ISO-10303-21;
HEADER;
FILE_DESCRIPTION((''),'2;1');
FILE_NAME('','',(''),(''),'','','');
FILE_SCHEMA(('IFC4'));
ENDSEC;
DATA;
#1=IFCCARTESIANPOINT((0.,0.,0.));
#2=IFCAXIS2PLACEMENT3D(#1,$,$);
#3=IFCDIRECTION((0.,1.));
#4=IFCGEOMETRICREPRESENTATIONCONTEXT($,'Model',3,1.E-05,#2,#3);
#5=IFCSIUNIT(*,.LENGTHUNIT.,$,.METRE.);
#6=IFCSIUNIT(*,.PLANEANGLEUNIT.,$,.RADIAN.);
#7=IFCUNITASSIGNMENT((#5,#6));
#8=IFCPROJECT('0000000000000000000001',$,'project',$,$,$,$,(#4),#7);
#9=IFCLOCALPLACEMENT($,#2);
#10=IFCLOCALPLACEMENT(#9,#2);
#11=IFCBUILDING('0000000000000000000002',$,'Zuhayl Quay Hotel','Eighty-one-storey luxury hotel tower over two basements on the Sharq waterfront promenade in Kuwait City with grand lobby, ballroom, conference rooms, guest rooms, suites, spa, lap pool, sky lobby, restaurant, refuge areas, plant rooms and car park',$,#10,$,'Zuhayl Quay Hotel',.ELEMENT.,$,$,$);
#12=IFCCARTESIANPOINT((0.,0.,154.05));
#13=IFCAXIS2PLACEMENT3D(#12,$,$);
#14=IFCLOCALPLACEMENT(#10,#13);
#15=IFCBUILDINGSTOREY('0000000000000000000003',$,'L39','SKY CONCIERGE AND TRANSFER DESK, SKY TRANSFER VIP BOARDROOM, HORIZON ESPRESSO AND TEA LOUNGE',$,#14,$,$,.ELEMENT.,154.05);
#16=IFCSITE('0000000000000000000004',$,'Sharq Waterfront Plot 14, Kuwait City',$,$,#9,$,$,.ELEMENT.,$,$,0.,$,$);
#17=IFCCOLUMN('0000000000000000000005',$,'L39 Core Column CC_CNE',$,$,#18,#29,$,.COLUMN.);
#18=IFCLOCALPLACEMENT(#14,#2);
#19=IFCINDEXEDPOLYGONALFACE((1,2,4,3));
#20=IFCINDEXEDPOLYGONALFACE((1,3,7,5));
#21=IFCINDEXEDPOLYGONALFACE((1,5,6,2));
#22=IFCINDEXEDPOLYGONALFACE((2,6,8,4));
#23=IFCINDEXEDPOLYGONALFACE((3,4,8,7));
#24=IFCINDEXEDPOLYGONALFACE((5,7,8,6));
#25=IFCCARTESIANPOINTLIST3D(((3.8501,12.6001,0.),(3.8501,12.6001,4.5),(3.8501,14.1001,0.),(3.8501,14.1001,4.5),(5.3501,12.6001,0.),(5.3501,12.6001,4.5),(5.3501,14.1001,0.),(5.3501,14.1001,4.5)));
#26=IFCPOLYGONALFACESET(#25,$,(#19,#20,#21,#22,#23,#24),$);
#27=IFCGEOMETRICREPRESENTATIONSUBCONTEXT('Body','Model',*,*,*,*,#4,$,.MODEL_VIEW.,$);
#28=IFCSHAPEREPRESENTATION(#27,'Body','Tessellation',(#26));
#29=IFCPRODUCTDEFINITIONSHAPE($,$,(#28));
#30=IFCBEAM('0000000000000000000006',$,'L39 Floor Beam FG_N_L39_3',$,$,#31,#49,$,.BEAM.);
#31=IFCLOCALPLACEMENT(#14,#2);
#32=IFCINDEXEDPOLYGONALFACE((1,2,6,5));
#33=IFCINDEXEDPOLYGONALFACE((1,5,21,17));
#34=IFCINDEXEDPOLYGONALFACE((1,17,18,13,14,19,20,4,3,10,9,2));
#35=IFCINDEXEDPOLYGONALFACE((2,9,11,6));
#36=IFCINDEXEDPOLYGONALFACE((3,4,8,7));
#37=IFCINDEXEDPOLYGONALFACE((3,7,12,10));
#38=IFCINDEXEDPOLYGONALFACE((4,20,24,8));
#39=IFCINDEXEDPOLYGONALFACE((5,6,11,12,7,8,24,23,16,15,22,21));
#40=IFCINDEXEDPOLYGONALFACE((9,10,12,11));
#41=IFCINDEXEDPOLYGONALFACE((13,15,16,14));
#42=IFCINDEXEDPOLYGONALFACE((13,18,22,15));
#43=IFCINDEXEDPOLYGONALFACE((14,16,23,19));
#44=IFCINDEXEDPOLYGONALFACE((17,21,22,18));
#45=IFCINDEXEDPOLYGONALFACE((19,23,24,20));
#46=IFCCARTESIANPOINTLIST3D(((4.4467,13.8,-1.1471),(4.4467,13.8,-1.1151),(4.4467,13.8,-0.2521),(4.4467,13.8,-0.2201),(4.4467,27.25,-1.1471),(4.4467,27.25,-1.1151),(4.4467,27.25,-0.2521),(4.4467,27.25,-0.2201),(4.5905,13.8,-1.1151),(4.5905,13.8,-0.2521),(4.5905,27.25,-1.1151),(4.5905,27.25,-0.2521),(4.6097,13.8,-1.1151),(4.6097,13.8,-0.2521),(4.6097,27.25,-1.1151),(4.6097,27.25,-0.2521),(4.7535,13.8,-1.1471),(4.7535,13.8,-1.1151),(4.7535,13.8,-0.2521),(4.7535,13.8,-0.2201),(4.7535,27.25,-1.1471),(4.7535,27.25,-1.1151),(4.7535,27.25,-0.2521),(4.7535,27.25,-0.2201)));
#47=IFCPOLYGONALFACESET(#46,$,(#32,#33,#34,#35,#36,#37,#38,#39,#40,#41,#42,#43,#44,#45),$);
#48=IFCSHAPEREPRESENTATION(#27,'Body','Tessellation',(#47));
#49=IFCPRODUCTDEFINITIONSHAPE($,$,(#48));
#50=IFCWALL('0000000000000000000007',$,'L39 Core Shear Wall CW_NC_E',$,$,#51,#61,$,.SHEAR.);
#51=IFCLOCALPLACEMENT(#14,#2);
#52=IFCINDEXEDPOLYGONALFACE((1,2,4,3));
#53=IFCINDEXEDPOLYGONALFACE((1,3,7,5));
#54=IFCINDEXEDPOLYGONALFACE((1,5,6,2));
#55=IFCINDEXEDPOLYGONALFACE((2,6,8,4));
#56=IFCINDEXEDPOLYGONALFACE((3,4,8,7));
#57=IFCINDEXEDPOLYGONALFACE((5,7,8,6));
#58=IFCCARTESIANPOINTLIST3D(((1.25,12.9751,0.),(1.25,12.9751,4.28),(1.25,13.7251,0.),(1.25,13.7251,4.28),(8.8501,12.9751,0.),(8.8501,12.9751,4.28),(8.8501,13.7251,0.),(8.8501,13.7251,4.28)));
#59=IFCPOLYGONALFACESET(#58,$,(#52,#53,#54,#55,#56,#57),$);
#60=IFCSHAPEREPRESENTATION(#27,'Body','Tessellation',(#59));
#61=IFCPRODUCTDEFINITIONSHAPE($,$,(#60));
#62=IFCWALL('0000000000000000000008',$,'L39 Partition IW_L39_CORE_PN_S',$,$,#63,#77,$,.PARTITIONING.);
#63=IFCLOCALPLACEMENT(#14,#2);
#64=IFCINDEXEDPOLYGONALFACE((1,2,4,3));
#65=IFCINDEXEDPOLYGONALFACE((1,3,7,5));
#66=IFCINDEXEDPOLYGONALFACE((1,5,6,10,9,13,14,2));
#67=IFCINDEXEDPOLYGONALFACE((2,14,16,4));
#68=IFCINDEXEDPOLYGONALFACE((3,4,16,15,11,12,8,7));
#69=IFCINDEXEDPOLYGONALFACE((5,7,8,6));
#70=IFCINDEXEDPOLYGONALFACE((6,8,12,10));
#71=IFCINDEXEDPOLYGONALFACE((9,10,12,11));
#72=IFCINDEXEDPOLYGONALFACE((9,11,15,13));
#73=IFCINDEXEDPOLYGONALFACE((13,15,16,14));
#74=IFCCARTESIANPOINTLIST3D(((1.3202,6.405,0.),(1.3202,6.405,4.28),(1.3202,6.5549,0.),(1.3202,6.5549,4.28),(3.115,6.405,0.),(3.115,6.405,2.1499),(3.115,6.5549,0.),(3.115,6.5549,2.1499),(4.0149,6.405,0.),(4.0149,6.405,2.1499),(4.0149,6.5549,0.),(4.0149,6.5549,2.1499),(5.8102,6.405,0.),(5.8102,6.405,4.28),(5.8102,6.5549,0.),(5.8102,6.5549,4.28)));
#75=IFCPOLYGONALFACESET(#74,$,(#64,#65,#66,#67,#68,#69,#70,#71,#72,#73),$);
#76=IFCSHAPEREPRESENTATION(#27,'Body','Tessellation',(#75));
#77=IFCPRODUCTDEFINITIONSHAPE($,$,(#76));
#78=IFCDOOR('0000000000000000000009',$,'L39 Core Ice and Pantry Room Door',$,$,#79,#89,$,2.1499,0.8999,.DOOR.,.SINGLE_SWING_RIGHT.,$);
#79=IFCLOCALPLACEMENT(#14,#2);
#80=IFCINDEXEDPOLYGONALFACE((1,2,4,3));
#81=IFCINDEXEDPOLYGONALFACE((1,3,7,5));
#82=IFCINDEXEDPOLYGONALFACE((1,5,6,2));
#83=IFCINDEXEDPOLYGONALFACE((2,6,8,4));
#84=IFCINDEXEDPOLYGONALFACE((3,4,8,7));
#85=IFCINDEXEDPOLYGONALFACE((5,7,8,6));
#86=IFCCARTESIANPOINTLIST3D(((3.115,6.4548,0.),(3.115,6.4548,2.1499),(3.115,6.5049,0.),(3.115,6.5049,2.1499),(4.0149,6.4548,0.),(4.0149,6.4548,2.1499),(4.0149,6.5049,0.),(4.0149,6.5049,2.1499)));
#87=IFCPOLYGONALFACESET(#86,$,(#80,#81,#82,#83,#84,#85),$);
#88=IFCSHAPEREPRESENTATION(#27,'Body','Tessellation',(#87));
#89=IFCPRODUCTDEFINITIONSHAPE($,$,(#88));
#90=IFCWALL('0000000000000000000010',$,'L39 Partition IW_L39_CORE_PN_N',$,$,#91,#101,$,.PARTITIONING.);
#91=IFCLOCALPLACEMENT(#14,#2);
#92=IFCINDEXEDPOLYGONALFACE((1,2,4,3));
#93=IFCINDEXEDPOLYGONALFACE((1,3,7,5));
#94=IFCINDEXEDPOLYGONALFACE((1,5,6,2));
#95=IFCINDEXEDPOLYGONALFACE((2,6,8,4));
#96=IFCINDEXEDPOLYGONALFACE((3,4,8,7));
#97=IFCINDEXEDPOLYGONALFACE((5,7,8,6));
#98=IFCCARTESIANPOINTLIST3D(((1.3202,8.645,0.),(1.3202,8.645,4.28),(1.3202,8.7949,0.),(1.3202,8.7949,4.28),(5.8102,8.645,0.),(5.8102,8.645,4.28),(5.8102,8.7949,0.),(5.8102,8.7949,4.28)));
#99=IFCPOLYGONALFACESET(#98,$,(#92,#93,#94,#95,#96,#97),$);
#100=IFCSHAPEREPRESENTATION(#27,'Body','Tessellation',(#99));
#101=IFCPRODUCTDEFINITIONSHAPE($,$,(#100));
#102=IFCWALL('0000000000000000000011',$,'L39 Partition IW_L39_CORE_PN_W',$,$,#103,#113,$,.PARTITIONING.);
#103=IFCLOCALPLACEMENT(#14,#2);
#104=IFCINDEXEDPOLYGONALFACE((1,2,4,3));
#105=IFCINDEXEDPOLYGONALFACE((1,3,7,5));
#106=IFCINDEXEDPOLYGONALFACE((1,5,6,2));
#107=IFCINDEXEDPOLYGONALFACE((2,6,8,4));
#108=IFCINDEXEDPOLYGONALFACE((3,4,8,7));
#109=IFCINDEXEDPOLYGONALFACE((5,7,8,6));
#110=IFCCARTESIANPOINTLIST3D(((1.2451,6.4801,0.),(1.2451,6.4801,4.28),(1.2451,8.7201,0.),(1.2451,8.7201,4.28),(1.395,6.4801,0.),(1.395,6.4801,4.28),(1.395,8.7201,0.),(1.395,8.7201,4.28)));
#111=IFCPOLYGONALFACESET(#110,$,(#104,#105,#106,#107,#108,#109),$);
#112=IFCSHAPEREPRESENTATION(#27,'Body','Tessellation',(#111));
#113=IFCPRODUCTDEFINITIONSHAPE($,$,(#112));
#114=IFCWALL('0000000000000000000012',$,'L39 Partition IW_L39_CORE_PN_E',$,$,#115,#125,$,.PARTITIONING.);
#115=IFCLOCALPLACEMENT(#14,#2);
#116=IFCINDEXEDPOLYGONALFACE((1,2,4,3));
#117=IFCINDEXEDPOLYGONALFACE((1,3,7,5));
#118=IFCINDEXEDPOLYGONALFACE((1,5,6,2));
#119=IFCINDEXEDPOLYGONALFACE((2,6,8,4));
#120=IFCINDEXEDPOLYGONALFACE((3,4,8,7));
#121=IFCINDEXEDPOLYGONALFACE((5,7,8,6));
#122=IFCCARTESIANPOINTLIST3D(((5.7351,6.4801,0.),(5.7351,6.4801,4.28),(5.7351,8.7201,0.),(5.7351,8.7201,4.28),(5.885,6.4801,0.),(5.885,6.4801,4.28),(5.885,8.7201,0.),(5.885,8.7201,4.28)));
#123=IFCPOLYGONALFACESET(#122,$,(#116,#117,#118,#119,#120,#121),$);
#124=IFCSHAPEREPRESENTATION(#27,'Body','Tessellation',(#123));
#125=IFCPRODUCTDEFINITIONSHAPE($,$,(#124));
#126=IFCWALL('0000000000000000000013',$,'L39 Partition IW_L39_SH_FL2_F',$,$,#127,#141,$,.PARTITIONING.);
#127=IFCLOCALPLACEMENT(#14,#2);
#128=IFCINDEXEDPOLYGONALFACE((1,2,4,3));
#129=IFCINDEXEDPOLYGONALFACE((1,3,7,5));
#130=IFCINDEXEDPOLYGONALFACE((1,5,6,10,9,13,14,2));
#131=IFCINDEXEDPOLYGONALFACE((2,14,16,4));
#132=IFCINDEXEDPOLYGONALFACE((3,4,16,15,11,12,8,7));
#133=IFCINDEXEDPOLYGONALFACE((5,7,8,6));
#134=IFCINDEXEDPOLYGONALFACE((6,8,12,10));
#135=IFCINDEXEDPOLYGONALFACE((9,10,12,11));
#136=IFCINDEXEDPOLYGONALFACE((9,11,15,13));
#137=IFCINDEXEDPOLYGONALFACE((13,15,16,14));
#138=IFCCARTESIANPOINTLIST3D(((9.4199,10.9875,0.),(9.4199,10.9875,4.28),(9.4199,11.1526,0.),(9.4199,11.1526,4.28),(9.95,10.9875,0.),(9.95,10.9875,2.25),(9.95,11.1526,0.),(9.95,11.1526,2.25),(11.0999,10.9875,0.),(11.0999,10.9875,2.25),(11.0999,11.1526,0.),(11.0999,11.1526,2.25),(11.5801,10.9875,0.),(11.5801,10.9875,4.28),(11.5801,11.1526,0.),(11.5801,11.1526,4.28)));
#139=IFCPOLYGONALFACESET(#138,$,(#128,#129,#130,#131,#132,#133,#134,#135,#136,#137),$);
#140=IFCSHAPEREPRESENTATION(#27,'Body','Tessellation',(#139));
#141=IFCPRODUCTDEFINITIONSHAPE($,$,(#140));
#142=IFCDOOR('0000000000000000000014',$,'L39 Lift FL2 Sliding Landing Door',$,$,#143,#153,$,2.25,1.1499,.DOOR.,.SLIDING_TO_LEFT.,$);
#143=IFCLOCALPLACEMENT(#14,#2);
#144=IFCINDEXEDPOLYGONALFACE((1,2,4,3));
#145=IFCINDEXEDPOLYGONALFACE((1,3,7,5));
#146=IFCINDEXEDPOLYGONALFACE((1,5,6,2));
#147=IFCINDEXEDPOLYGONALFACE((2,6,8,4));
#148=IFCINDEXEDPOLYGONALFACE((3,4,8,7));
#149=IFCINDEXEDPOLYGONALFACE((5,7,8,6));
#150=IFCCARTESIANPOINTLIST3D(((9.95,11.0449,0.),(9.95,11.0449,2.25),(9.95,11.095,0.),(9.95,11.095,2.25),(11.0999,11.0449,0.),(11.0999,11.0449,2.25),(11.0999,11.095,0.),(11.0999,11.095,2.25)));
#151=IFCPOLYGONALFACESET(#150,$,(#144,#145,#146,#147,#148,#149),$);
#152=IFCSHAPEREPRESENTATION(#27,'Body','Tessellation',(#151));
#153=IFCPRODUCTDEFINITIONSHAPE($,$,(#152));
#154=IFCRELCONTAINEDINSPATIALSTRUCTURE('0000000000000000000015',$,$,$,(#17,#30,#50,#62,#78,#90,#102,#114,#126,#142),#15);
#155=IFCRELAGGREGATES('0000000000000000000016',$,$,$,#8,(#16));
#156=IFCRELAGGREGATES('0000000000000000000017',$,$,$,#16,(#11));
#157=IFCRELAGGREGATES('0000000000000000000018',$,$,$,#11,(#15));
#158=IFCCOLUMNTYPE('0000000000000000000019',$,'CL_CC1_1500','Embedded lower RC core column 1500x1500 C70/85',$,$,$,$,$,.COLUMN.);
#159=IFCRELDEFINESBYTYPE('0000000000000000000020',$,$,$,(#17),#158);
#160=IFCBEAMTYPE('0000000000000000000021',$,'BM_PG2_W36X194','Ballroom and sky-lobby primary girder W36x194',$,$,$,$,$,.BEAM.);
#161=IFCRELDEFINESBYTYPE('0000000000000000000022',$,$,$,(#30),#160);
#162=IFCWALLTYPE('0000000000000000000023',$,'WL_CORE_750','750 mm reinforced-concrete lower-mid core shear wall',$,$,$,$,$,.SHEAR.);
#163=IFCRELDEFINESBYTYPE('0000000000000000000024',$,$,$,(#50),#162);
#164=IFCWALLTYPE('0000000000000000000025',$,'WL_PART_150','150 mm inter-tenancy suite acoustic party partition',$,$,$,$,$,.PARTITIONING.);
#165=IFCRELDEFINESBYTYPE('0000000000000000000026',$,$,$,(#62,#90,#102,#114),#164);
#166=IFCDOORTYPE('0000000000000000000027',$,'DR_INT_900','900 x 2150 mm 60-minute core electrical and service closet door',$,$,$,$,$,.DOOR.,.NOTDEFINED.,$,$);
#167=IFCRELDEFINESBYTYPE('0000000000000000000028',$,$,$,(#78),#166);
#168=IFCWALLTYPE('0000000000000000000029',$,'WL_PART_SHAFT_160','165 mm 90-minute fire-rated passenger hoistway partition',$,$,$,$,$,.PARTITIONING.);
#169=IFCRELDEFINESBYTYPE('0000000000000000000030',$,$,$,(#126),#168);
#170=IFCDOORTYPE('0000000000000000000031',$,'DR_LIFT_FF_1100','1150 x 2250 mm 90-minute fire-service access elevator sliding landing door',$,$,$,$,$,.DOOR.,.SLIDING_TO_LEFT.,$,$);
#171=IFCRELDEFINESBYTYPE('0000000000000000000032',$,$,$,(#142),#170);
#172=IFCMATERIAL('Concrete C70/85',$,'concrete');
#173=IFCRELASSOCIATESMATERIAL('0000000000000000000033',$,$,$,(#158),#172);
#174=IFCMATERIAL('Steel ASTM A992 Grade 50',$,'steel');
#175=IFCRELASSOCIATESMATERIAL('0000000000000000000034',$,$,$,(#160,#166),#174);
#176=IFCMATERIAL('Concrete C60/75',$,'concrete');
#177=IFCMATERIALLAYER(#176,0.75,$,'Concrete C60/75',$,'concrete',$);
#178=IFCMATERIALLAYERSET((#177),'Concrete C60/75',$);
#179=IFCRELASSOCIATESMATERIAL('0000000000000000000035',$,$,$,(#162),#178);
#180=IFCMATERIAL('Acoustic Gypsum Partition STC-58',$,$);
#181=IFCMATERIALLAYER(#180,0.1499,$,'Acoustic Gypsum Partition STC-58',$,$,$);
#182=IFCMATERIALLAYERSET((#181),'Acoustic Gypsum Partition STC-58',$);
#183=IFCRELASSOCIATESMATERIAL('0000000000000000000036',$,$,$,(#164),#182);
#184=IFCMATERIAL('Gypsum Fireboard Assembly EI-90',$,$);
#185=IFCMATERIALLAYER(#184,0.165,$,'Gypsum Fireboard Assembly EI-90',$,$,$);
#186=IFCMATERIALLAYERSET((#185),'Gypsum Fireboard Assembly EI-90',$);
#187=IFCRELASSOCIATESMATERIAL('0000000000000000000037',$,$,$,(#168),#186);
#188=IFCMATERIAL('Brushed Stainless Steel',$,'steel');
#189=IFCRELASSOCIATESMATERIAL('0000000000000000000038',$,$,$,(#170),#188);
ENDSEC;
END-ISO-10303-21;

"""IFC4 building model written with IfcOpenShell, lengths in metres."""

from ifc_helpers import new_model, si_unit, direction, frame, frame_2d, origin, origin_2d, place, context, subcontext, project, spatial, rectangle, i_section, extrude, material, layer, layer_set, material_profile, profile_set, type_object, element, fill, save


model = new_model("IFC4")

# Units and contexts
model_context = context("Model", 3, precision=1e-05, world=origin(), true_north=direction((0.0, 1.0)))
body_context = subcontext(model_context, "Body", "Model", "MODEL_VIEW")
ifc_project = project(units=[si_unit("LENGTHUNIT", "METRE"), si_unit("PLANEANGLEUNIT", "RADIAN")], contexts=[model_context])

# Site, building, storey
site_placement = place(None, origin())
site = spatial("IfcSite", under=ifc_project, at=site_placement, Name="Sharq Waterfront Plot 14, Kuwait City", CompositionType="ELEMENT", RefElevation=0.0)
building_placement = place(site_placement, origin())
building = spatial("IfcBuilding", under=site, at=building_placement, Name="Zuhayl Quay Hotel", Description="Eighty-one-storey luxury hotel tower over two basements on the Sharq waterfront promenade in Kuwait City with grand lobby, ballroom, conference rooms, guest rooms, suites, spa, lap pool, sky lobby, restaurant, refuge areas, plant rooms and car park", LongName="Zuhayl Quay Hotel", CompositionType="ELEMENT")
storey_placement = place(building_placement, frame((0.0, 0.0, 154.05)))
storey = spatial("IfcBuildingStorey", under=building, at=storey_placement, Name="L39", Description="SKY CONCIERGE AND TRANSFER DESK, SKY TRANSFER VIP BOARDROOM, HORIZON ESPRESSO AND TEA LOUNGE", CompositionType="ELEMENT", Elevation=154.05)

# Column
ifc_material_1 = material(Name="Concrete C70/85", Category="concrete")
ifc_material_profile_1 = material_profile(ifc_material_1, rectangle(XDim=1.5, YDim=1.5, at=origin_2d()), Name="RC1500X1500")
ifc_profile_set_1 = profile_set([ifc_material_profile_1], Name="Concrete C70/85")
column_type = type_object("IfcColumnType", Name="CL_CC1_1500", Description="Embedded lower RC core column 1500x1500 C70/85", PredefinedType="COLUMN", material=ifc_profile_set_1)
column_placement = place(storey_placement, frame((4.6001, 13.3501, 0.0), z_axis=(0.0, 0.0, 1.0), x_axis=(1.0, 0.0, 0.0)))
element("IfcColumn", 1, at=column_placement, inside=storey, type_object=column_type, Name="L39 Core Column CC_CNE", PredefinedType="COLUMN", context=body_context, shape_type="SweptSolid", body=[
    extrude(rectangle(XDim=1.5, YDim=1.5, at=origin_2d()), origin(), (0.0, 0.0, 1.0), 4.5),
])

# Beam
ifc_material_2 = material(Name="Steel ASTM A992 Grade 50", Category="steel")
ifc_material_profile_2 = material_profile(ifc_material_2, i_section(OverallWidth=0.3069, OverallDepth=0.927, WebThickness=0.0193, FlangeThickness=0.032, at=origin_2d()), Name="W36X194")
ifc_profile_set_2 = profile_set([ifc_material_profile_2], Name="Steel ASTM A992 Grade 50")
beam_type = type_object("IfcBeamType", Name="BM_PG2_W36X194", Description="Ballroom and sky-lobby primary girder W36x194", PredefinedType="BEAM", material=ifc_profile_set_2)
beam_placement = place(storey_placement, frame((4.6001, 13.8, -0.6836), z_axis=(0.0, 1.0, 0.0), x_axis=(-1.0, 0.0, 0.0)))
element("IfcBeam", 2, at=beam_placement, inside=storey, type_object=beam_type, Name="L39 Floor Beam FG_N_L39_3", PredefinedType="BEAM", context=body_context, shape_type="SweptSolid", body=[
    extrude(i_section(OverallWidth=0.3069, OverallDepth=0.927, WebThickness=0.0193, FlangeThickness=0.032, at=origin_2d()), origin(), (0.0, 0.0, 1.0), 13.45),
])

# Wall
ifc_material_3 = material(Name="Concrete C60/75", Category="concrete")
ifc_layer_1 = layer(ifc_material_3, 0.75, Name="Concrete C60/75", Category="concrete")
ifc_layer_set_1 = layer_set([ifc_layer_1], Name="Concrete C60/75")
wall_type_1 = type_object("IfcWallType", Name="WL_CORE_750", Description="750 mm reinforced-concrete lower-mid core shear wall", PredefinedType="SHEAR", material=ifc_layer_set_1)
wall_1_placement = place(storey_placement, frame((1.25, 13.3501, 0.0), z_axis=(0.0, 0.0, 1.0), x_axis=(1.0, 0.0, 0.0)))
element("IfcWall", 3, at=wall_1_placement, inside=storey, type_object=wall_type_1, Name="L39 Core Shear Wall CW_NC_E", PredefinedType="SHEAR", context=body_context, shape_type="SweptSolid", body=[
    extrude(rectangle(XDim=7.6001, YDim=0.75, at=frame_2d((3.8, 0.0))), origin(), (0.0, 0.0, 1.0), 4.28),
])

# Wall, opening, door
ifc_material_4 = material(Name="Acoustic Gypsum Partition STC-58")
ifc_layer_2 = layer(ifc_material_4, 0.1499, Name="Acoustic Gypsum Partition STC-58")
ifc_layer_set_2 = layer_set([ifc_layer_2], Name="Acoustic Gypsum Partition STC-58")
wall_type_2 = type_object("IfcWallType", Name="WL_PART_150", Description="150 mm inter-tenancy suite acoustic party partition", PredefinedType="PARTITIONING", material=ifc_layer_set_2)
wall_2_placement = place(storey_placement, frame((1.3201, 6.48, 0.0), z_axis=(0.0, 0.0, 1.0), x_axis=(1.0, 0.0, 0.0)))
wall_2 = element("IfcWall", 4, at=wall_2_placement, inside=storey, type_object=wall_type_2, Name="L39 Partition IW_L39_CORE_PN_S", PredefinedType="PARTITIONING", context=body_context, shape_type="SweptSolid", body=[
    extrude(rectangle(XDim=4.49, YDim=0.1499, at=frame_2d((2.2451, 0.0))), origin(), (0.0, 0.0, 1.0), 4.28),
])
opening_1_placement = place(wall_2_placement, frame((1.7949, 0.0, 0.0)))
opening_1 = element("IfcOpeningElement", 5, at=opening_1_placement, cuts=wall_2, PredefinedType="OPENING", context=body_context, shape_type="SweptSolid", body=[
    extrude(rectangle(XDim=0.8999, YDim=2.1499, at=frame_2d((0.45, 1.075))), frame((0.0, 0.085, 0.0), z_axis=(0.0, -1.0, 0.0), x_axis=(1.0, 0.0, 0.0)), (0.0, 0.0, 1.0), 0.1699),
])
door_type_1 = type_object("IfcDoorType", Name="DR_INT_900", Description="900 x 2150 mm 60-minute core electrical and service closet door", OperationType="NOTDEFINED", PredefinedType="DOOR", material=ifc_material_2)
door_1_placement = place(opening_1_placement, origin())
door_1 = element("IfcDoor", 6, at=door_1_placement, inside=storey, type_object=door_type_1, Name="L39 Core Ice and Pantry Room Door", OperationType="SINGLE_SWING_RIGHT", OverallHeight=2.1499, OverallWidth=0.8999, PredefinedType="DOOR", context=body_context, shape_type="SweptSolid", body=[
    extrude(rectangle(XDim=0.8999, YDim=2.1499, at=frame_2d((0.45, 1.075))), frame((0.0, 0.0249, 0.0), z_axis=(0.0, -1.0, 0.0), x_axis=(1.0, 0.0, 0.0)), (0.0, 0.0, 1.0), 0.05),
])
fill(opening_1, door_1)

# Walls
wall_3_placement = place(storey_placement, frame((1.3201, 8.72, 0.0), z_axis=(0.0, 0.0, 1.0), x_axis=(1.0, 0.0, 0.0)))
element("IfcWall", 7, at=wall_3_placement, inside=storey, type_object=wall_type_2, Name="L39 Partition IW_L39_CORE_PN_N", PredefinedType="PARTITIONING", context=body_context, shape_type="SweptSolid", body=[
    extrude(rectangle(XDim=4.49, YDim=0.1499, at=frame_2d((2.2451, 0.0))), origin(), (0.0, 0.0, 1.0), 4.28),
])
for number, where, z_axis, x_axis, name in (
    (8, (1.3201, 6.48, 0.0), (0.0, 0.0, 1.0), (0.0, 1.0, 0.0), "L39 Partition IW_L39_CORE_PN_W"),
    (9, (5.8101, 6.48, 0.0), (0.0, 0.0, 1.0), (0.0, 1.0, 0.0), "L39 Partition IW_L39_CORE_PN_E"),
):
    element("IfcWall", number, at=place(storey_placement, frame(where, z_axis=z_axis, x_axis=x_axis)), inside=storey, type_object=wall_type_2, Name=name, PredefinedType="PARTITIONING", context=body_context, shape_type="SweptSolid", body=[
        extrude(rectangle(XDim=2.24, YDim=0.1499, at=frame_2d((1.1201, 0.0))), origin(), (0.0, 0.0, 1.0), 4.28),
    ])

# Wall, opening, door
ifc_material_5 = material(Name="Gypsum Fireboard Assembly EI-90")
ifc_layer_3 = layer(ifc_material_5, 0.165, Name="Gypsum Fireboard Assembly EI-90")
ifc_layer_set_3 = layer_set([ifc_layer_3], Name="Gypsum Fireboard Assembly EI-90")
wall_type_3 = type_object("IfcWallType", Name="WL_PART_SHAFT_160", Description="165 mm 90-minute fire-rated passenger hoistway partition", PredefinedType="PARTITIONING", material=ifc_layer_set_3)
wall_4_placement = place(storey_placement, frame((9.4199, 11.0701, 0.0), z_axis=(0.0, 0.0, 1.0), x_axis=(1.0, 0.0, 0.0)))
wall_4 = element("IfcWall", 10, at=wall_4_placement, inside=storey, type_object=wall_type_3, Name="L39 Partition IW_L39_SH_FL2_F", PredefinedType="PARTITIONING", context=body_context, shape_type="SweptSolid", body=[
    extrude(rectangle(XDim=2.1602, YDim=0.165, at=frame_2d((1.0801, 0.0))), origin(), (0.0, 0.0, 1.0), 4.28),
])
opening_2_placement = place(wall_4_placement, frame((0.53, 0.0, 0.0)))
opening_2 = element("IfcOpeningElement", 11, at=opening_2_placement, cuts=wall_4, PredefinedType="OPENING", context=body_context, shape_type="SweptSolid", body=[
    extrude(rectangle(XDim=1.1499, YDim=2.25, at=frame_2d((0.575, 1.125))), frame((0.0, 0.0925, 0.0), z_axis=(0.0, -1.0, 0.0), x_axis=(1.0, 0.0, 0.0)), (0.0, 0.0, 1.0), 0.1851),
])
ifc_material_6 = material(Name="Brushed Stainless Steel", Category="steel")
door_type_2 = type_object("IfcDoorType", Name="DR_LIFT_FF_1100", Description="1150 x 2250 mm 90-minute fire-service access elevator sliding landing door", OperationType="SLIDING_TO_LEFT", PredefinedType="DOOR", material=ifc_material_6)
door_2_placement = place(opening_2_placement, origin())
door_2 = element("IfcDoor", 12, at=door_2_placement, inside=storey, type_object=door_type_2, Name="L39 Lift FL2 Sliding Landing Door", OperationType="SLIDING_TO_LEFT", OverallHeight=2.25, OverallWidth=1.1499, PredefinedType="DOOR", context=body_context, shape_type="SweptSolid", body=[
    extrude(rectangle(XDim=1.1499, YDim=2.25, at=frame_2d((0.575, 1.125))), frame((0.0, 0.0249, 0.0), z_axis=(0.0, -1.0, 0.0), x_axis=(1.0, 0.0, 0.0)), (0.0, 0.0, 1.0), 0.05),
])
fill(opening_2, door_2)

save(model, "model.ifc")
